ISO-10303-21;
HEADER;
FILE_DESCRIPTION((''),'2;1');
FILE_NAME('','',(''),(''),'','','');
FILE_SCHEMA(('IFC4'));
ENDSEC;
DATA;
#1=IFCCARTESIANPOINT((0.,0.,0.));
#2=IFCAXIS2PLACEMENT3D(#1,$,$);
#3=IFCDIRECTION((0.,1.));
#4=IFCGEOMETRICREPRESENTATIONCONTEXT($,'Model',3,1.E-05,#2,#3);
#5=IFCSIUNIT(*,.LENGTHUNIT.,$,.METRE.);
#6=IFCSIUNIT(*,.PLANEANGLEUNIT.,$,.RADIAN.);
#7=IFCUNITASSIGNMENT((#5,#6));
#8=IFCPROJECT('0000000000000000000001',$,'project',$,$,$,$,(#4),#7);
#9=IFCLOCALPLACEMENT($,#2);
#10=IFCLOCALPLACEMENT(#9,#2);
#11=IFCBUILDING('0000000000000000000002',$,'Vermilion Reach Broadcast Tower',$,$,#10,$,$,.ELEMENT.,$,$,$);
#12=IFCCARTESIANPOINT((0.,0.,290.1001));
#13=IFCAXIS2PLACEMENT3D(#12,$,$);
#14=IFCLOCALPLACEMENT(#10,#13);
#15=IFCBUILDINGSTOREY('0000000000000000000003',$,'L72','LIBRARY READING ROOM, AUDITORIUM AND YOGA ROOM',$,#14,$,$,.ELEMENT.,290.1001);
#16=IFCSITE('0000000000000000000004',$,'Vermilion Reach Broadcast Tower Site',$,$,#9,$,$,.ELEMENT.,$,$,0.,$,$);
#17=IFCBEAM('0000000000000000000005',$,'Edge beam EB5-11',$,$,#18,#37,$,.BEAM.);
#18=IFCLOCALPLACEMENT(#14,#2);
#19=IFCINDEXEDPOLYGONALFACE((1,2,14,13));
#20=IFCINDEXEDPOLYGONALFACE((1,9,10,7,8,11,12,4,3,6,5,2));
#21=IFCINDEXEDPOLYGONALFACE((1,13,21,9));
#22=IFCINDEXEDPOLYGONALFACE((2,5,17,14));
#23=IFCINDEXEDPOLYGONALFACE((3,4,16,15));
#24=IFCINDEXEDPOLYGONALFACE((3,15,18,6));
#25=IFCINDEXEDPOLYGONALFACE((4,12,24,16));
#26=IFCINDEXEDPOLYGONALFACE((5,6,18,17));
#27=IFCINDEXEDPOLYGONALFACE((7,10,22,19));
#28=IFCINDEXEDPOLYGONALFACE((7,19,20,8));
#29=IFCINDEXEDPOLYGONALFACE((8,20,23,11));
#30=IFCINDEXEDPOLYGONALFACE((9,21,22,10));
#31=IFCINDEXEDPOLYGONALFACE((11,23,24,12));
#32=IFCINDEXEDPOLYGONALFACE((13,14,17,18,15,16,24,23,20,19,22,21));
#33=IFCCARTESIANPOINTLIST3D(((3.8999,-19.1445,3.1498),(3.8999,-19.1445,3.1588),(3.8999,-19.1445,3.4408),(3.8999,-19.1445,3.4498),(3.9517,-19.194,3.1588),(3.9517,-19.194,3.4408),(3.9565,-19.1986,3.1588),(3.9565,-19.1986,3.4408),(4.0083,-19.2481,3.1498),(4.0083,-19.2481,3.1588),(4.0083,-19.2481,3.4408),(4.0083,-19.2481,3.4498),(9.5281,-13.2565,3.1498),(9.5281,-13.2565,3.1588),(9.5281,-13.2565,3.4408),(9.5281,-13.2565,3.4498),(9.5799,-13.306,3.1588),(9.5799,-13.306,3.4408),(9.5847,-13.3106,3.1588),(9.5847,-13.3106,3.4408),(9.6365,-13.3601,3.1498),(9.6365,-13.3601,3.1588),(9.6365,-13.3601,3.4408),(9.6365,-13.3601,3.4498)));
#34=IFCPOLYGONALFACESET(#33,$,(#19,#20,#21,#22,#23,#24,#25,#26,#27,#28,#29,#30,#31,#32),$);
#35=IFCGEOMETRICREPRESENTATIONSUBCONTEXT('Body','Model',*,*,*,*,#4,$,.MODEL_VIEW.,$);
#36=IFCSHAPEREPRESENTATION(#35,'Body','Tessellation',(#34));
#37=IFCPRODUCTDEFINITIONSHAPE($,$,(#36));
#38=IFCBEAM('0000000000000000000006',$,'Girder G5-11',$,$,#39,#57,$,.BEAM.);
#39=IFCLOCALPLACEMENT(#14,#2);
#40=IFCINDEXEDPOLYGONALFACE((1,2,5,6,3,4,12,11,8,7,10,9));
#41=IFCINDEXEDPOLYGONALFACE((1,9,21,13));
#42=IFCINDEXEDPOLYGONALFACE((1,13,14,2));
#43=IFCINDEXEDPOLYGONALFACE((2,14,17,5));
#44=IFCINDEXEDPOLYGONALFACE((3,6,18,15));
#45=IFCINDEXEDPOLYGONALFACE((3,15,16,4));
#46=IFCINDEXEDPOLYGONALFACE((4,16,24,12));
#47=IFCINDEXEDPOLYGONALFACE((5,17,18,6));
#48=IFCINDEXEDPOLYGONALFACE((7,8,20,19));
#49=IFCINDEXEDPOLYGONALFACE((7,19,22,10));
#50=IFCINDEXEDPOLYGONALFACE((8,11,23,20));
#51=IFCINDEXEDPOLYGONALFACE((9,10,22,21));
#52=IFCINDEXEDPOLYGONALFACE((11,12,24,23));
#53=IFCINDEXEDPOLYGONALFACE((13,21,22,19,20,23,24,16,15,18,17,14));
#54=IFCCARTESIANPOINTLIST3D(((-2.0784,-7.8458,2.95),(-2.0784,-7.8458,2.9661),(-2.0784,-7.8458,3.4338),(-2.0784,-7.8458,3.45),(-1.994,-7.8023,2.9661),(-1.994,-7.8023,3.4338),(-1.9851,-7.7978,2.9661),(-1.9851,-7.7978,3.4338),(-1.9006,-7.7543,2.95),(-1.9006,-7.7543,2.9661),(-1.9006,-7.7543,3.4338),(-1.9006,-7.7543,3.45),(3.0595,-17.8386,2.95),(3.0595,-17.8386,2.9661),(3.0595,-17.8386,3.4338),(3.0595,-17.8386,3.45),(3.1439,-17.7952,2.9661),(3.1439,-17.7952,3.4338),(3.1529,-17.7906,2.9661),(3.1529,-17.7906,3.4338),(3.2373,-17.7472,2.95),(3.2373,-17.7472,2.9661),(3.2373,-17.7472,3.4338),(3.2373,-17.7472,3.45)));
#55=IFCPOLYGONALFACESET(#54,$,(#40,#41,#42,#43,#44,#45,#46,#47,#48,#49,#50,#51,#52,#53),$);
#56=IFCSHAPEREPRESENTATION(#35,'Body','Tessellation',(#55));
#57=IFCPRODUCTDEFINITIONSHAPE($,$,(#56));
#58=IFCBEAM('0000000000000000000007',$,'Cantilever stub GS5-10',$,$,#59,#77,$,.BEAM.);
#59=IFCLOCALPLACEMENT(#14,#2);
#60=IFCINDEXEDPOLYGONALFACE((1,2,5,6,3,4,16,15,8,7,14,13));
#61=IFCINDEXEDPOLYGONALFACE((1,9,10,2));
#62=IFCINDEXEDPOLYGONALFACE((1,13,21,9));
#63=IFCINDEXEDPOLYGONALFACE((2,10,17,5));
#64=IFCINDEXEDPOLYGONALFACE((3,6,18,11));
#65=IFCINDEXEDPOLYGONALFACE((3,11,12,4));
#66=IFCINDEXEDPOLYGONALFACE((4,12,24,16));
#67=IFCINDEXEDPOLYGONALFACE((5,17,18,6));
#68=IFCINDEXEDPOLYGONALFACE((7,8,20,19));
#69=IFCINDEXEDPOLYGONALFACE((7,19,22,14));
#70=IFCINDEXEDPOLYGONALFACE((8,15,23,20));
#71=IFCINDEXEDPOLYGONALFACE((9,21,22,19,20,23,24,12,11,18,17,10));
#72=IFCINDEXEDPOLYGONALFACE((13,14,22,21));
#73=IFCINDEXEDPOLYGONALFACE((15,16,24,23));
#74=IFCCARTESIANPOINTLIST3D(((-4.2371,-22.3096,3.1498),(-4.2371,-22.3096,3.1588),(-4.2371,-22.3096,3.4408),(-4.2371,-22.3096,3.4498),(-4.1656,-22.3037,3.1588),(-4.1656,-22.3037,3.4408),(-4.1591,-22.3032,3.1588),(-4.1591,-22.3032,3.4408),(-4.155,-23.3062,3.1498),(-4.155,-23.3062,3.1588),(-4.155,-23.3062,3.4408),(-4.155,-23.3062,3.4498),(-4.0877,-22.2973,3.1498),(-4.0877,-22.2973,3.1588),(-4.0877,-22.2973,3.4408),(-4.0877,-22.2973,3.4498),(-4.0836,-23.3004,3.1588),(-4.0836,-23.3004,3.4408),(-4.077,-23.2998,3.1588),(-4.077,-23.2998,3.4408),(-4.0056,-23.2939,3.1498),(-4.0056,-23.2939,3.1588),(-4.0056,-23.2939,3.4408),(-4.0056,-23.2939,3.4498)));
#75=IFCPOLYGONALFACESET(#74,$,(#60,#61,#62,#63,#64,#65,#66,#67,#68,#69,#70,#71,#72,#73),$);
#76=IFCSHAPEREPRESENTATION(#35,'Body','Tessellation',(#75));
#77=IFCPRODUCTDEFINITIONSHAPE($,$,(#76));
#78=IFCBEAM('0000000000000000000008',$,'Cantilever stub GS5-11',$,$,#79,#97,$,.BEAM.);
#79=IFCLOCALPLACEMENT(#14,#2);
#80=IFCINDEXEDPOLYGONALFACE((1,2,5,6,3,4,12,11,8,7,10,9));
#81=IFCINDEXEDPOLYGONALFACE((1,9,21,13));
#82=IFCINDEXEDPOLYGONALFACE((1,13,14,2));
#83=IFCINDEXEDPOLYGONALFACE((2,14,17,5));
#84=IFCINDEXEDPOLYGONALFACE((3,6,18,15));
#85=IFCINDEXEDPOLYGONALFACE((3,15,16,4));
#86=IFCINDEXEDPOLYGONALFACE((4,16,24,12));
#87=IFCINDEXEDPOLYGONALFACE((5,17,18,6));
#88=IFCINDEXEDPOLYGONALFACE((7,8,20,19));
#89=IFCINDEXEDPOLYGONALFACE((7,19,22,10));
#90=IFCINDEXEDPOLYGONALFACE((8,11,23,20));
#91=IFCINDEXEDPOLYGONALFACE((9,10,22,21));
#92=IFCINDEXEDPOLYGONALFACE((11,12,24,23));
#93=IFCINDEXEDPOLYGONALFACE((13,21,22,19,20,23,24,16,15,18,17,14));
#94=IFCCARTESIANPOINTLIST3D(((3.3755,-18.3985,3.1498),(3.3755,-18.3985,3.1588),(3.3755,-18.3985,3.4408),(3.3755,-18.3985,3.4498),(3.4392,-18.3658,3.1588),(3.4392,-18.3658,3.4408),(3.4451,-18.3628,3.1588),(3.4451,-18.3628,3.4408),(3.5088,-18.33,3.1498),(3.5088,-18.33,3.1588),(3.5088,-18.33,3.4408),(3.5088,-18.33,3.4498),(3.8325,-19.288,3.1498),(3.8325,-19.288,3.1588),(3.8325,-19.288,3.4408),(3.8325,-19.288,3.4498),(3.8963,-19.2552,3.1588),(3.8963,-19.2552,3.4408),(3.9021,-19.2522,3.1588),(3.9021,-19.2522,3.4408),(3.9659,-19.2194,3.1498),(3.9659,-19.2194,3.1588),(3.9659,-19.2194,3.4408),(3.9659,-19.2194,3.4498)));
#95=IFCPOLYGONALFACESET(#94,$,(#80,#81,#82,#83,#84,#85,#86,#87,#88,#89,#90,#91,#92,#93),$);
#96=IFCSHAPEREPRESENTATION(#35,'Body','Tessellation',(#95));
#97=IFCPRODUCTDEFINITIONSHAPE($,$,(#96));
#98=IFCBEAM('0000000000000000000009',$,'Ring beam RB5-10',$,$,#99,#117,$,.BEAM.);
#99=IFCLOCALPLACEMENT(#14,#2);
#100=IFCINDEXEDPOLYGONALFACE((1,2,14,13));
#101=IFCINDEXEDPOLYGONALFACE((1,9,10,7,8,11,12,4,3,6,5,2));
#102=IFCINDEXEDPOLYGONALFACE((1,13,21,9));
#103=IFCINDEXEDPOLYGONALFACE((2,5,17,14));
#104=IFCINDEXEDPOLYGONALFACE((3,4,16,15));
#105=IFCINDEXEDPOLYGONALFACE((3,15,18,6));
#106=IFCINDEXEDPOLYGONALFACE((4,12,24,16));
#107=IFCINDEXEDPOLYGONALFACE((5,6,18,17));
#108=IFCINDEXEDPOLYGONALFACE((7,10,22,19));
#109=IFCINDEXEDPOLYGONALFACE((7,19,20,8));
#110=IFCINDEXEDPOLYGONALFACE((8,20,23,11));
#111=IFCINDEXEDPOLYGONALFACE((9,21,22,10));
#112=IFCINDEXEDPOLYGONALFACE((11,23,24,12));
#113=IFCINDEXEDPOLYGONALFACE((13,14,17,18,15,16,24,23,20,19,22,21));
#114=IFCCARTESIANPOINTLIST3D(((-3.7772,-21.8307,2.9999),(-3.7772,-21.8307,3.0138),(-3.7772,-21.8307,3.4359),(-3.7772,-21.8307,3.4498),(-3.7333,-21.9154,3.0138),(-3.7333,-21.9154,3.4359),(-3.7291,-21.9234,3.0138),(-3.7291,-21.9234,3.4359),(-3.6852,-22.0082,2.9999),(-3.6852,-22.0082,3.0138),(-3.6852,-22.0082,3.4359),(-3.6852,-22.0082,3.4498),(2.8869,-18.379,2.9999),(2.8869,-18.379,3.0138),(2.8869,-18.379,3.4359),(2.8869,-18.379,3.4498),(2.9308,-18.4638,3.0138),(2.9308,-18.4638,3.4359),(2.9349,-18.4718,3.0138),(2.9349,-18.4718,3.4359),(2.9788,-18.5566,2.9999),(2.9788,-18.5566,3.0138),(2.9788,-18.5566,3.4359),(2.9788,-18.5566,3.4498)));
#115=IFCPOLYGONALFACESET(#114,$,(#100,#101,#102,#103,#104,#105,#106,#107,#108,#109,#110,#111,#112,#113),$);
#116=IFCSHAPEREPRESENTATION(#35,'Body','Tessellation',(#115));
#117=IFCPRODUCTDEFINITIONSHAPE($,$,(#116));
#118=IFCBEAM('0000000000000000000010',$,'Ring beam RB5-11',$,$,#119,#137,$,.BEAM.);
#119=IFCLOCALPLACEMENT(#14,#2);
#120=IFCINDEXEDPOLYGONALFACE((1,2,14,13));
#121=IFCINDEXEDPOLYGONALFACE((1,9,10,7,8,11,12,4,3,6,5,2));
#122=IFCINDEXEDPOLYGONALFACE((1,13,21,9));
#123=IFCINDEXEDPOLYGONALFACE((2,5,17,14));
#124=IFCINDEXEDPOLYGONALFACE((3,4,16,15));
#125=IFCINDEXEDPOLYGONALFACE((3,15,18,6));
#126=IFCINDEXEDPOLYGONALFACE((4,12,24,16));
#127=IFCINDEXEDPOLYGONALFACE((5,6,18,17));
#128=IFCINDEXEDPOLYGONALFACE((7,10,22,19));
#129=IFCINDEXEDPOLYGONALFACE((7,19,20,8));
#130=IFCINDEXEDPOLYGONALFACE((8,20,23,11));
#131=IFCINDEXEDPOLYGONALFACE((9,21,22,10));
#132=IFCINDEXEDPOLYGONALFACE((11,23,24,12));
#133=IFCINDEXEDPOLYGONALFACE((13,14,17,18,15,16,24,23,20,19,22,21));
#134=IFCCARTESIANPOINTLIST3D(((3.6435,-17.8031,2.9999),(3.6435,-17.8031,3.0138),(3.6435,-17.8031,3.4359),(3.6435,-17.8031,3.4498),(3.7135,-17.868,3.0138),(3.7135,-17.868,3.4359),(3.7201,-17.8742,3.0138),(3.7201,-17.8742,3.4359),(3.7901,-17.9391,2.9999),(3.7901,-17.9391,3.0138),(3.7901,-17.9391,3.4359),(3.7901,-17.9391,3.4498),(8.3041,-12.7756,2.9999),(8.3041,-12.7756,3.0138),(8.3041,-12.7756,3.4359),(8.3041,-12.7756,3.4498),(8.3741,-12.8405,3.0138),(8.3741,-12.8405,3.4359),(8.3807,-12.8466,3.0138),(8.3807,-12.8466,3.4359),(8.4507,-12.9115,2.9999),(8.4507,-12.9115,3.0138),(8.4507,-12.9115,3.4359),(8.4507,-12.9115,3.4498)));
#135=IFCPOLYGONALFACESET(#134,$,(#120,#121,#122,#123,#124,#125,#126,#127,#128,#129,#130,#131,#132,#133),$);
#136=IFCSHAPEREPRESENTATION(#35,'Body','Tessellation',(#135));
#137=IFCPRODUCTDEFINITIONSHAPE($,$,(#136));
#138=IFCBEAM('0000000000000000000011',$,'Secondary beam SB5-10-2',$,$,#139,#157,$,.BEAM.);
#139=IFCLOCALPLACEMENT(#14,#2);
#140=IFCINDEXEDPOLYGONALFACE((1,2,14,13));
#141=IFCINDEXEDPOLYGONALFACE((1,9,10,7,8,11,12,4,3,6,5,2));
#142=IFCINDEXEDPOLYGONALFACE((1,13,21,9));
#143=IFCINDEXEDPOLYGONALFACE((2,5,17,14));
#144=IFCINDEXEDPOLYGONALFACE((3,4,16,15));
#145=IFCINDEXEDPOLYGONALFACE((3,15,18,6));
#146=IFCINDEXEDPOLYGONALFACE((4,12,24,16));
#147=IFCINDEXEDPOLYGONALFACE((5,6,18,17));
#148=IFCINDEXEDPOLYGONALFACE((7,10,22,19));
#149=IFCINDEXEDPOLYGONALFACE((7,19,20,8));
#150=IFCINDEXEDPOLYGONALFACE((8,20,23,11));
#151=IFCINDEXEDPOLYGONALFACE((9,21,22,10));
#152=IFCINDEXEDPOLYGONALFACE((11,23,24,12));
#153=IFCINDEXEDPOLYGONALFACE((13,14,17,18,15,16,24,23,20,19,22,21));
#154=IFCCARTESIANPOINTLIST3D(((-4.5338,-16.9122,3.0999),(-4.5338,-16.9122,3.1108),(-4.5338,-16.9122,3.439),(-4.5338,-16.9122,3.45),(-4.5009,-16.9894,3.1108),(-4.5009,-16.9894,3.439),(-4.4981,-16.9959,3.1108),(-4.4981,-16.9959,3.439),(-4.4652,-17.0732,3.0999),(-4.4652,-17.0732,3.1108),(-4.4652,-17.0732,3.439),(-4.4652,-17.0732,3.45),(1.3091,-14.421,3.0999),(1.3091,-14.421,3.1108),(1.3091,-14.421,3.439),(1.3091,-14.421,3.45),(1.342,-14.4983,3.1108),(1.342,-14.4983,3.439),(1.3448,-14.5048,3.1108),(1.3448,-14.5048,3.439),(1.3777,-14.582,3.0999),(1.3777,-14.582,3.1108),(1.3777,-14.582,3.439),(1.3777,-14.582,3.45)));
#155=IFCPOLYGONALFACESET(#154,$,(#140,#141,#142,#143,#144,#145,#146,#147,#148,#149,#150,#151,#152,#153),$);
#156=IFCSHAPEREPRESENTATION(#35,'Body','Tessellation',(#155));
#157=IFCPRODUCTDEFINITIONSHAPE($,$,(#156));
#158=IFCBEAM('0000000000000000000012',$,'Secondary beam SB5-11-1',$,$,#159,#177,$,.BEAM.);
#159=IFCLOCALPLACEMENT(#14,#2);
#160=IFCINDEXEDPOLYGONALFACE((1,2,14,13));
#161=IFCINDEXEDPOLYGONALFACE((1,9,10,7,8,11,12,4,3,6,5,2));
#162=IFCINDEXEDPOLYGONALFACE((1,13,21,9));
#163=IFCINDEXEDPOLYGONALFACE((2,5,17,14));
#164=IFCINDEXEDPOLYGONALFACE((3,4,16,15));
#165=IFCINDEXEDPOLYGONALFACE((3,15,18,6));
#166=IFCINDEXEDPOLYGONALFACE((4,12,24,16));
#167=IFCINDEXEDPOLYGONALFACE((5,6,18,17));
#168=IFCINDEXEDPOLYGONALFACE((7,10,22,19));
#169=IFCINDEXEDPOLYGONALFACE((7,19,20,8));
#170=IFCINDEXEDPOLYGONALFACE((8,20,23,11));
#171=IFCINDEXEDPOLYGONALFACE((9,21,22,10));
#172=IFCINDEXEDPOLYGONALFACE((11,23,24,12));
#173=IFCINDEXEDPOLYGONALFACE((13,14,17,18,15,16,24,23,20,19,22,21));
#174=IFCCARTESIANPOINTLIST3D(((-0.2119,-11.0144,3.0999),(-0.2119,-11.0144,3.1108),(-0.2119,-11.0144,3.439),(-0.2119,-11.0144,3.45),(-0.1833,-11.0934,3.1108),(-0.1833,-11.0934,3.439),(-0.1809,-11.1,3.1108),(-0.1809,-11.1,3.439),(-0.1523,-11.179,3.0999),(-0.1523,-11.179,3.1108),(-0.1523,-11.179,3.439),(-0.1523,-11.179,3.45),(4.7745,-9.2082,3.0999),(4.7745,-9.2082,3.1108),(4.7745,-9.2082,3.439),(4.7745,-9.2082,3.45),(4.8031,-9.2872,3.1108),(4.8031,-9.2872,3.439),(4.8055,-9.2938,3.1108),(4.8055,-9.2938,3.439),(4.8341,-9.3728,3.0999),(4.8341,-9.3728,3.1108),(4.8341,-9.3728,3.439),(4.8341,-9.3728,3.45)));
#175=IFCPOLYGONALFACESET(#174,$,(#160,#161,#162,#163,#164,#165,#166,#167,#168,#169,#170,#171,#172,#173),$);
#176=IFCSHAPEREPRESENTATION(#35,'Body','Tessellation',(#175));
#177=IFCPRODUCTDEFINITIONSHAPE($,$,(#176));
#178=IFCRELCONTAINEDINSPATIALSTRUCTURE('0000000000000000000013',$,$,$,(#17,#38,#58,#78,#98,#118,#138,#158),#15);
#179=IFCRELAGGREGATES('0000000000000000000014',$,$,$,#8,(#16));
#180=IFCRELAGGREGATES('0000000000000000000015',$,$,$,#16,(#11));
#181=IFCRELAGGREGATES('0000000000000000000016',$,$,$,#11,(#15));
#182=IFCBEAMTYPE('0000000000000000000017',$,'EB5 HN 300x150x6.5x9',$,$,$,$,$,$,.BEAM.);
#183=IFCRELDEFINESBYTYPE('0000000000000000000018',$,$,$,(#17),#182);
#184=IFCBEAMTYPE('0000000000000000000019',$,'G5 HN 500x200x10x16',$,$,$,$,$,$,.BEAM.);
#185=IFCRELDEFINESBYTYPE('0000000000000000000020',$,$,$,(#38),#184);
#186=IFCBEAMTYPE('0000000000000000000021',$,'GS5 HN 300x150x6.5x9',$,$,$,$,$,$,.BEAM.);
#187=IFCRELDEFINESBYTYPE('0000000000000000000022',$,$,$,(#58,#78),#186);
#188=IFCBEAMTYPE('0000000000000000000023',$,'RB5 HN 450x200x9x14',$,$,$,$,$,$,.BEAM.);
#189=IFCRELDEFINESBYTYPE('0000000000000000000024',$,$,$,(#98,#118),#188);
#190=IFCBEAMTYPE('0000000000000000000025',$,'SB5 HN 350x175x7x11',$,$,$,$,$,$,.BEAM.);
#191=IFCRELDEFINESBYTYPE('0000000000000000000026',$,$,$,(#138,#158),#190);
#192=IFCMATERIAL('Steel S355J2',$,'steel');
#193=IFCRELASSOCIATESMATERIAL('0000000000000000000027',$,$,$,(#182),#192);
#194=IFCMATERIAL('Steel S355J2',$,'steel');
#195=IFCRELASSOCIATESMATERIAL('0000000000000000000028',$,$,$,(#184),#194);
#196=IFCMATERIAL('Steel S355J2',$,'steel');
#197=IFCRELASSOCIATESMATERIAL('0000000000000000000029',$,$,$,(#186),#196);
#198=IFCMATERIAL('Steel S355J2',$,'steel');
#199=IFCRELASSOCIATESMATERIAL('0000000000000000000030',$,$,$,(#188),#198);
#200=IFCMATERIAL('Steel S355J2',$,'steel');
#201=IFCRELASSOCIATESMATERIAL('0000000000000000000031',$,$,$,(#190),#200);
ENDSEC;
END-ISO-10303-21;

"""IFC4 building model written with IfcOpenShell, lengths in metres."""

from ifc_helpers import new_model, si_unit, direction, frame, origin, origin_2d, place, context, subcontext, project, spatial, i_section, extrude, material, material_profile, profile_set, type_object, element, save


model = new_model("IFC4")

# Units and contexts
model_context = context("Model", 3, precision=1e-05, world=origin(), true_north=direction((0.0, 1.0)))
body_context = subcontext(model_context, "Body", "Model", "MODEL_VIEW")
ifc_project = project(units=[si_unit("LENGTHUNIT", "METRE"), si_unit("PLANEANGLEUNIT", "RADIAN")], contexts=[model_context])

# Site, building, storey
site_placement = place(None, origin())
site = spatial("IfcSite", under=ifc_project, at=site_placement, Name="Vermilion Reach Broadcast Tower Site", CompositionType="ELEMENT", RefElevation=0.0)
building_placement = place(site_placement, origin())
building = spatial("IfcBuilding", under=site, at=building_placement, Name="Vermilion Reach Broadcast Tower", CompositionType="ELEMENT")
storey_placement = place(building_placement, frame((0.0, 0.0, 290.1001)))
storey = spatial("IfcBuildingStorey", under=building, at=storey_placement, Name="L72", Description="LIBRARY READING ROOM, AUDITORIUM AND YOGA ROOM", CompositionType="ELEMENT", Elevation=290.1001)

# Beams
ifc_material_1 = material(Name="Steel S355J2", Category="steel")
ifc_material_profile_1 = material_profile(ifc_material_1, i_section(OverallWidth=0.1499, OverallDepth=0.3, WebThickness=0.0066, FlangeThickness=0.009, at=origin_2d()), Name="S355J2 HN 300x150x6.5x9")
ifc_profile_set_1 = profile_set([ifc_material_profile_1], Name="Steel S355J2")
beam_type_1 = type_object("IfcBeamType", Name="EB5 HN 300x150x6.5x9", PredefinedType="BEAM", material=ifc_profile_set_1)
beam_1_placement = place(storey_placement, frame((3.9541, -19.1963, 3.2998), z_axis=(0.690981, 0.722873, 0.0), x_axis=(-0.722873, 0.690981, 0.0)))
element("IfcBeam", 1, at=beam_1_placement, inside=storey, type_object=beam_type_1, Name="Edge beam EB5-11", PredefinedType="BEAM", context=body_context, shape_type="SweptSolid", body=[
    extrude(i_section(OverallWidth=0.1499, OverallDepth=0.3, WebThickness=0.0066, FlangeThickness=0.009, at=origin_2d()), origin(), (0.0, 0.0, 1.0), 8.1453),
])
ifc_material_2 = material(Name="Steel S355J2", Category="steel")
ifc_material_profile_2 = material_profile(ifc_material_2, i_section(OverallWidth=0.2, OverallDepth=0.5, WebThickness=0.01, FlangeThickness=0.0161, at=origin_2d()), Name="S355J2 HN 500x200x10x16")
ifc_profile_set_2 = profile_set([ifc_material_profile_2], Name="Steel S355J2")
beam_type_2 = type_object("IfcBeamType", Name="G5 HN 500x200x10x16", PredefinedType="BEAM", material=ifc_profile_set_2)
beam_2_placement = place(storey_placement, frame((-1.9895, -7.8, 3.2), z_axis=(0.457258, -0.889334, 0.0), x_axis=(0.889334, 0.457258, 0.0)))
element("IfcBeam", 2, at=beam_2_placement, inside=storey, type_object=beam_type_2, Name="Girder G5-11", PredefinedType="BEAM", context=body_context, shape_type="SweptSolid", body=[
    extrude(i_section(OverallWidth=0.2, OverallDepth=0.5, WebThickness=0.01, FlangeThickness=0.0161, at=origin_2d()), origin(), (0.0, 0.0, 1.0), 11.2363),
])
ifc_material_3 = material(Name="Steel S355J2", Category="steel")
ifc_material_profile_3 = material_profile(ifc_material_3, i_section(OverallWidth=0.1499, OverallDepth=0.3, WebThickness=0.0066, FlangeThickness=0.009, at=origin_2d()), Name="S355J2 HN 300x150x6.5x9")
ifc_profile_set_3 = profile_set([ifc_material_profile_3], Name="Steel S355J2")
beam_type_3 = type_object("IfcBeamType", Name="GS5 HN 300x150x6.5x9", PredefinedType="BEAM", material=ifc_profile_set_3)
for number, where, z_axis, x_axis, name in (
    (3, (-4.1624, -22.3035, 3.2998), (0.082035, -0.996629, 0.0), (0.996629, 0.082035, 0.0), "Cantilever stub GS5-10"),
    (4, (3.4421, -18.3643, 3.2998), (0.45705, -0.889441, 0.0), (0.889441, 0.45705, 0.0), "Cantilever stub GS5-11"),
):
    element("IfcBeam", number, at=place(storey_placement, frame(where, z_axis=z_axis, x_axis=x_axis)), inside=storey, type_object=beam_type_3, Name=name, PredefinedType="BEAM", context=body_context, shape_type="SweptSolid", body=[
        extrude(i_section(OverallWidth=0.1499, OverallDepth=0.3, WebThickness=0.0066, FlangeThickness=0.009, at=origin_2d()), origin(), (0.0, 0.0, 1.0), 1.0),
    ])
ifc_material_4 = material(Name="Steel S355J2", Category="steel")
ifc_material_profile_4 = material_profile(ifc_material_4, i_section(OverallWidth=0.2, OverallDepth=0.45, WebThickness=0.009, FlangeThickness=0.0139, at=origin_2d()), Name="S355J2 HN 450x200x9x14")
ifc_profile_set_4 = profile_set([ifc_material_profile_4], Name="Steel S355J2")
beam_type_4 = type_object("IfcBeamType", Name="RB5 HN 450x200x9x14", PredefinedType="BEAM", material=ifc_profile_set_4)
beam_3_placement = place(storey_placement, frame((-3.7312, -21.9194, 3.2249), z_axis=(0.88796, 0.45992, 0.0), x_axis=(-0.45992, 0.88796, 0.0)))
element("IfcBeam", 5, at=beam_3_placement, inside=storey, type_object=beam_type_4, Name="Ring beam RB5-10", PredefinedType="BEAM", context=body_context, shape_type="SweptSolid", body=[
    extrude(i_section(OverallWidth=0.2, OverallDepth=0.45, WebThickness=0.009, FlangeThickness=0.0139, at=origin_2d()), origin(), (0.0, 0.0, 1.0), 7.5049),
])
beam_4_placement = place(storey_placement, frame((3.7168, -17.8711, 3.2249), z_axis=(0.679838, 0.733363, 0.0), x_axis=(-0.733363, 0.679838, 0.0)))
element("IfcBeam", 6, at=beam_4_placement, inside=storey, type_object=beam_type_4, Name="Ring beam RB5-11", PredefinedType="BEAM", context=body_context, shape_type="SweptSolid", body=[
    extrude(i_section(OverallWidth=0.2, OverallDepth=0.45, WebThickness=0.009, FlangeThickness=0.0139, at=origin_2d()), origin(), (0.0, 0.0, 1.0), 6.8555),
])
ifc_material_5 = material(Name="Steel S355J2", Category="steel")
ifc_material_profile_5 = material_profile(ifc_material_5, i_section(OverallWidth=0.175, OverallDepth=0.3501, WebThickness=0.0071, FlangeThickness=0.011, at=origin_2d()), Name="S355J2 HN 350x175x7x11")
ifc_profile_set_5 = profile_set([ifc_material_profile_5], Name="Steel S355J2")
beam_type_5 = type_object("IfcBeamType", Name="SB5 HN 350x175x7x11", PredefinedType="BEAM", material=ifc_profile_set_5)
beam_5_placement = place(storey_placement, frame((-4.4995, -16.9927, 3.2749), z_axis=(0.919881, 0.392198, 0.0), x_axis=(-0.392198, 0.919881, 0.0)))
element("IfcBeam", 7, at=beam_5_placement, inside=storey, type_object=beam_type_5, Name="Secondary beam SB5-10-2", PredefinedType="BEAM", context=body_context, shape_type="SweptSolid", body=[
    extrude(i_section(OverallWidth=0.175, OverallDepth=0.3501, WebThickness=0.0071, FlangeThickness=0.011, at=origin_2d()), origin(), (0.0, 0.0, 1.0), 6.3518),
])
beam_6_placement = place(storey_placement, frame((-0.1821, -11.0967, 3.2749), z_axis=(0.94022, 0.340567, 0.0), x_axis=(-0.340567, 0.94022, 0.0)))
element("IfcBeam", 8, at=beam_6_placement, inside=storey, type_object=beam_type_5, Name="Secondary beam SB5-11-1", PredefinedType="BEAM", context=body_context, shape_type="SweptSolid", body=[
    extrude(i_section(OverallWidth=0.175, OverallDepth=0.3501, WebThickness=0.0071, FlangeThickness=0.011, at=origin_2d()), origin(), (0.0, 0.0, 1.0), 5.3035),
])

save(model, "model.ifc")
